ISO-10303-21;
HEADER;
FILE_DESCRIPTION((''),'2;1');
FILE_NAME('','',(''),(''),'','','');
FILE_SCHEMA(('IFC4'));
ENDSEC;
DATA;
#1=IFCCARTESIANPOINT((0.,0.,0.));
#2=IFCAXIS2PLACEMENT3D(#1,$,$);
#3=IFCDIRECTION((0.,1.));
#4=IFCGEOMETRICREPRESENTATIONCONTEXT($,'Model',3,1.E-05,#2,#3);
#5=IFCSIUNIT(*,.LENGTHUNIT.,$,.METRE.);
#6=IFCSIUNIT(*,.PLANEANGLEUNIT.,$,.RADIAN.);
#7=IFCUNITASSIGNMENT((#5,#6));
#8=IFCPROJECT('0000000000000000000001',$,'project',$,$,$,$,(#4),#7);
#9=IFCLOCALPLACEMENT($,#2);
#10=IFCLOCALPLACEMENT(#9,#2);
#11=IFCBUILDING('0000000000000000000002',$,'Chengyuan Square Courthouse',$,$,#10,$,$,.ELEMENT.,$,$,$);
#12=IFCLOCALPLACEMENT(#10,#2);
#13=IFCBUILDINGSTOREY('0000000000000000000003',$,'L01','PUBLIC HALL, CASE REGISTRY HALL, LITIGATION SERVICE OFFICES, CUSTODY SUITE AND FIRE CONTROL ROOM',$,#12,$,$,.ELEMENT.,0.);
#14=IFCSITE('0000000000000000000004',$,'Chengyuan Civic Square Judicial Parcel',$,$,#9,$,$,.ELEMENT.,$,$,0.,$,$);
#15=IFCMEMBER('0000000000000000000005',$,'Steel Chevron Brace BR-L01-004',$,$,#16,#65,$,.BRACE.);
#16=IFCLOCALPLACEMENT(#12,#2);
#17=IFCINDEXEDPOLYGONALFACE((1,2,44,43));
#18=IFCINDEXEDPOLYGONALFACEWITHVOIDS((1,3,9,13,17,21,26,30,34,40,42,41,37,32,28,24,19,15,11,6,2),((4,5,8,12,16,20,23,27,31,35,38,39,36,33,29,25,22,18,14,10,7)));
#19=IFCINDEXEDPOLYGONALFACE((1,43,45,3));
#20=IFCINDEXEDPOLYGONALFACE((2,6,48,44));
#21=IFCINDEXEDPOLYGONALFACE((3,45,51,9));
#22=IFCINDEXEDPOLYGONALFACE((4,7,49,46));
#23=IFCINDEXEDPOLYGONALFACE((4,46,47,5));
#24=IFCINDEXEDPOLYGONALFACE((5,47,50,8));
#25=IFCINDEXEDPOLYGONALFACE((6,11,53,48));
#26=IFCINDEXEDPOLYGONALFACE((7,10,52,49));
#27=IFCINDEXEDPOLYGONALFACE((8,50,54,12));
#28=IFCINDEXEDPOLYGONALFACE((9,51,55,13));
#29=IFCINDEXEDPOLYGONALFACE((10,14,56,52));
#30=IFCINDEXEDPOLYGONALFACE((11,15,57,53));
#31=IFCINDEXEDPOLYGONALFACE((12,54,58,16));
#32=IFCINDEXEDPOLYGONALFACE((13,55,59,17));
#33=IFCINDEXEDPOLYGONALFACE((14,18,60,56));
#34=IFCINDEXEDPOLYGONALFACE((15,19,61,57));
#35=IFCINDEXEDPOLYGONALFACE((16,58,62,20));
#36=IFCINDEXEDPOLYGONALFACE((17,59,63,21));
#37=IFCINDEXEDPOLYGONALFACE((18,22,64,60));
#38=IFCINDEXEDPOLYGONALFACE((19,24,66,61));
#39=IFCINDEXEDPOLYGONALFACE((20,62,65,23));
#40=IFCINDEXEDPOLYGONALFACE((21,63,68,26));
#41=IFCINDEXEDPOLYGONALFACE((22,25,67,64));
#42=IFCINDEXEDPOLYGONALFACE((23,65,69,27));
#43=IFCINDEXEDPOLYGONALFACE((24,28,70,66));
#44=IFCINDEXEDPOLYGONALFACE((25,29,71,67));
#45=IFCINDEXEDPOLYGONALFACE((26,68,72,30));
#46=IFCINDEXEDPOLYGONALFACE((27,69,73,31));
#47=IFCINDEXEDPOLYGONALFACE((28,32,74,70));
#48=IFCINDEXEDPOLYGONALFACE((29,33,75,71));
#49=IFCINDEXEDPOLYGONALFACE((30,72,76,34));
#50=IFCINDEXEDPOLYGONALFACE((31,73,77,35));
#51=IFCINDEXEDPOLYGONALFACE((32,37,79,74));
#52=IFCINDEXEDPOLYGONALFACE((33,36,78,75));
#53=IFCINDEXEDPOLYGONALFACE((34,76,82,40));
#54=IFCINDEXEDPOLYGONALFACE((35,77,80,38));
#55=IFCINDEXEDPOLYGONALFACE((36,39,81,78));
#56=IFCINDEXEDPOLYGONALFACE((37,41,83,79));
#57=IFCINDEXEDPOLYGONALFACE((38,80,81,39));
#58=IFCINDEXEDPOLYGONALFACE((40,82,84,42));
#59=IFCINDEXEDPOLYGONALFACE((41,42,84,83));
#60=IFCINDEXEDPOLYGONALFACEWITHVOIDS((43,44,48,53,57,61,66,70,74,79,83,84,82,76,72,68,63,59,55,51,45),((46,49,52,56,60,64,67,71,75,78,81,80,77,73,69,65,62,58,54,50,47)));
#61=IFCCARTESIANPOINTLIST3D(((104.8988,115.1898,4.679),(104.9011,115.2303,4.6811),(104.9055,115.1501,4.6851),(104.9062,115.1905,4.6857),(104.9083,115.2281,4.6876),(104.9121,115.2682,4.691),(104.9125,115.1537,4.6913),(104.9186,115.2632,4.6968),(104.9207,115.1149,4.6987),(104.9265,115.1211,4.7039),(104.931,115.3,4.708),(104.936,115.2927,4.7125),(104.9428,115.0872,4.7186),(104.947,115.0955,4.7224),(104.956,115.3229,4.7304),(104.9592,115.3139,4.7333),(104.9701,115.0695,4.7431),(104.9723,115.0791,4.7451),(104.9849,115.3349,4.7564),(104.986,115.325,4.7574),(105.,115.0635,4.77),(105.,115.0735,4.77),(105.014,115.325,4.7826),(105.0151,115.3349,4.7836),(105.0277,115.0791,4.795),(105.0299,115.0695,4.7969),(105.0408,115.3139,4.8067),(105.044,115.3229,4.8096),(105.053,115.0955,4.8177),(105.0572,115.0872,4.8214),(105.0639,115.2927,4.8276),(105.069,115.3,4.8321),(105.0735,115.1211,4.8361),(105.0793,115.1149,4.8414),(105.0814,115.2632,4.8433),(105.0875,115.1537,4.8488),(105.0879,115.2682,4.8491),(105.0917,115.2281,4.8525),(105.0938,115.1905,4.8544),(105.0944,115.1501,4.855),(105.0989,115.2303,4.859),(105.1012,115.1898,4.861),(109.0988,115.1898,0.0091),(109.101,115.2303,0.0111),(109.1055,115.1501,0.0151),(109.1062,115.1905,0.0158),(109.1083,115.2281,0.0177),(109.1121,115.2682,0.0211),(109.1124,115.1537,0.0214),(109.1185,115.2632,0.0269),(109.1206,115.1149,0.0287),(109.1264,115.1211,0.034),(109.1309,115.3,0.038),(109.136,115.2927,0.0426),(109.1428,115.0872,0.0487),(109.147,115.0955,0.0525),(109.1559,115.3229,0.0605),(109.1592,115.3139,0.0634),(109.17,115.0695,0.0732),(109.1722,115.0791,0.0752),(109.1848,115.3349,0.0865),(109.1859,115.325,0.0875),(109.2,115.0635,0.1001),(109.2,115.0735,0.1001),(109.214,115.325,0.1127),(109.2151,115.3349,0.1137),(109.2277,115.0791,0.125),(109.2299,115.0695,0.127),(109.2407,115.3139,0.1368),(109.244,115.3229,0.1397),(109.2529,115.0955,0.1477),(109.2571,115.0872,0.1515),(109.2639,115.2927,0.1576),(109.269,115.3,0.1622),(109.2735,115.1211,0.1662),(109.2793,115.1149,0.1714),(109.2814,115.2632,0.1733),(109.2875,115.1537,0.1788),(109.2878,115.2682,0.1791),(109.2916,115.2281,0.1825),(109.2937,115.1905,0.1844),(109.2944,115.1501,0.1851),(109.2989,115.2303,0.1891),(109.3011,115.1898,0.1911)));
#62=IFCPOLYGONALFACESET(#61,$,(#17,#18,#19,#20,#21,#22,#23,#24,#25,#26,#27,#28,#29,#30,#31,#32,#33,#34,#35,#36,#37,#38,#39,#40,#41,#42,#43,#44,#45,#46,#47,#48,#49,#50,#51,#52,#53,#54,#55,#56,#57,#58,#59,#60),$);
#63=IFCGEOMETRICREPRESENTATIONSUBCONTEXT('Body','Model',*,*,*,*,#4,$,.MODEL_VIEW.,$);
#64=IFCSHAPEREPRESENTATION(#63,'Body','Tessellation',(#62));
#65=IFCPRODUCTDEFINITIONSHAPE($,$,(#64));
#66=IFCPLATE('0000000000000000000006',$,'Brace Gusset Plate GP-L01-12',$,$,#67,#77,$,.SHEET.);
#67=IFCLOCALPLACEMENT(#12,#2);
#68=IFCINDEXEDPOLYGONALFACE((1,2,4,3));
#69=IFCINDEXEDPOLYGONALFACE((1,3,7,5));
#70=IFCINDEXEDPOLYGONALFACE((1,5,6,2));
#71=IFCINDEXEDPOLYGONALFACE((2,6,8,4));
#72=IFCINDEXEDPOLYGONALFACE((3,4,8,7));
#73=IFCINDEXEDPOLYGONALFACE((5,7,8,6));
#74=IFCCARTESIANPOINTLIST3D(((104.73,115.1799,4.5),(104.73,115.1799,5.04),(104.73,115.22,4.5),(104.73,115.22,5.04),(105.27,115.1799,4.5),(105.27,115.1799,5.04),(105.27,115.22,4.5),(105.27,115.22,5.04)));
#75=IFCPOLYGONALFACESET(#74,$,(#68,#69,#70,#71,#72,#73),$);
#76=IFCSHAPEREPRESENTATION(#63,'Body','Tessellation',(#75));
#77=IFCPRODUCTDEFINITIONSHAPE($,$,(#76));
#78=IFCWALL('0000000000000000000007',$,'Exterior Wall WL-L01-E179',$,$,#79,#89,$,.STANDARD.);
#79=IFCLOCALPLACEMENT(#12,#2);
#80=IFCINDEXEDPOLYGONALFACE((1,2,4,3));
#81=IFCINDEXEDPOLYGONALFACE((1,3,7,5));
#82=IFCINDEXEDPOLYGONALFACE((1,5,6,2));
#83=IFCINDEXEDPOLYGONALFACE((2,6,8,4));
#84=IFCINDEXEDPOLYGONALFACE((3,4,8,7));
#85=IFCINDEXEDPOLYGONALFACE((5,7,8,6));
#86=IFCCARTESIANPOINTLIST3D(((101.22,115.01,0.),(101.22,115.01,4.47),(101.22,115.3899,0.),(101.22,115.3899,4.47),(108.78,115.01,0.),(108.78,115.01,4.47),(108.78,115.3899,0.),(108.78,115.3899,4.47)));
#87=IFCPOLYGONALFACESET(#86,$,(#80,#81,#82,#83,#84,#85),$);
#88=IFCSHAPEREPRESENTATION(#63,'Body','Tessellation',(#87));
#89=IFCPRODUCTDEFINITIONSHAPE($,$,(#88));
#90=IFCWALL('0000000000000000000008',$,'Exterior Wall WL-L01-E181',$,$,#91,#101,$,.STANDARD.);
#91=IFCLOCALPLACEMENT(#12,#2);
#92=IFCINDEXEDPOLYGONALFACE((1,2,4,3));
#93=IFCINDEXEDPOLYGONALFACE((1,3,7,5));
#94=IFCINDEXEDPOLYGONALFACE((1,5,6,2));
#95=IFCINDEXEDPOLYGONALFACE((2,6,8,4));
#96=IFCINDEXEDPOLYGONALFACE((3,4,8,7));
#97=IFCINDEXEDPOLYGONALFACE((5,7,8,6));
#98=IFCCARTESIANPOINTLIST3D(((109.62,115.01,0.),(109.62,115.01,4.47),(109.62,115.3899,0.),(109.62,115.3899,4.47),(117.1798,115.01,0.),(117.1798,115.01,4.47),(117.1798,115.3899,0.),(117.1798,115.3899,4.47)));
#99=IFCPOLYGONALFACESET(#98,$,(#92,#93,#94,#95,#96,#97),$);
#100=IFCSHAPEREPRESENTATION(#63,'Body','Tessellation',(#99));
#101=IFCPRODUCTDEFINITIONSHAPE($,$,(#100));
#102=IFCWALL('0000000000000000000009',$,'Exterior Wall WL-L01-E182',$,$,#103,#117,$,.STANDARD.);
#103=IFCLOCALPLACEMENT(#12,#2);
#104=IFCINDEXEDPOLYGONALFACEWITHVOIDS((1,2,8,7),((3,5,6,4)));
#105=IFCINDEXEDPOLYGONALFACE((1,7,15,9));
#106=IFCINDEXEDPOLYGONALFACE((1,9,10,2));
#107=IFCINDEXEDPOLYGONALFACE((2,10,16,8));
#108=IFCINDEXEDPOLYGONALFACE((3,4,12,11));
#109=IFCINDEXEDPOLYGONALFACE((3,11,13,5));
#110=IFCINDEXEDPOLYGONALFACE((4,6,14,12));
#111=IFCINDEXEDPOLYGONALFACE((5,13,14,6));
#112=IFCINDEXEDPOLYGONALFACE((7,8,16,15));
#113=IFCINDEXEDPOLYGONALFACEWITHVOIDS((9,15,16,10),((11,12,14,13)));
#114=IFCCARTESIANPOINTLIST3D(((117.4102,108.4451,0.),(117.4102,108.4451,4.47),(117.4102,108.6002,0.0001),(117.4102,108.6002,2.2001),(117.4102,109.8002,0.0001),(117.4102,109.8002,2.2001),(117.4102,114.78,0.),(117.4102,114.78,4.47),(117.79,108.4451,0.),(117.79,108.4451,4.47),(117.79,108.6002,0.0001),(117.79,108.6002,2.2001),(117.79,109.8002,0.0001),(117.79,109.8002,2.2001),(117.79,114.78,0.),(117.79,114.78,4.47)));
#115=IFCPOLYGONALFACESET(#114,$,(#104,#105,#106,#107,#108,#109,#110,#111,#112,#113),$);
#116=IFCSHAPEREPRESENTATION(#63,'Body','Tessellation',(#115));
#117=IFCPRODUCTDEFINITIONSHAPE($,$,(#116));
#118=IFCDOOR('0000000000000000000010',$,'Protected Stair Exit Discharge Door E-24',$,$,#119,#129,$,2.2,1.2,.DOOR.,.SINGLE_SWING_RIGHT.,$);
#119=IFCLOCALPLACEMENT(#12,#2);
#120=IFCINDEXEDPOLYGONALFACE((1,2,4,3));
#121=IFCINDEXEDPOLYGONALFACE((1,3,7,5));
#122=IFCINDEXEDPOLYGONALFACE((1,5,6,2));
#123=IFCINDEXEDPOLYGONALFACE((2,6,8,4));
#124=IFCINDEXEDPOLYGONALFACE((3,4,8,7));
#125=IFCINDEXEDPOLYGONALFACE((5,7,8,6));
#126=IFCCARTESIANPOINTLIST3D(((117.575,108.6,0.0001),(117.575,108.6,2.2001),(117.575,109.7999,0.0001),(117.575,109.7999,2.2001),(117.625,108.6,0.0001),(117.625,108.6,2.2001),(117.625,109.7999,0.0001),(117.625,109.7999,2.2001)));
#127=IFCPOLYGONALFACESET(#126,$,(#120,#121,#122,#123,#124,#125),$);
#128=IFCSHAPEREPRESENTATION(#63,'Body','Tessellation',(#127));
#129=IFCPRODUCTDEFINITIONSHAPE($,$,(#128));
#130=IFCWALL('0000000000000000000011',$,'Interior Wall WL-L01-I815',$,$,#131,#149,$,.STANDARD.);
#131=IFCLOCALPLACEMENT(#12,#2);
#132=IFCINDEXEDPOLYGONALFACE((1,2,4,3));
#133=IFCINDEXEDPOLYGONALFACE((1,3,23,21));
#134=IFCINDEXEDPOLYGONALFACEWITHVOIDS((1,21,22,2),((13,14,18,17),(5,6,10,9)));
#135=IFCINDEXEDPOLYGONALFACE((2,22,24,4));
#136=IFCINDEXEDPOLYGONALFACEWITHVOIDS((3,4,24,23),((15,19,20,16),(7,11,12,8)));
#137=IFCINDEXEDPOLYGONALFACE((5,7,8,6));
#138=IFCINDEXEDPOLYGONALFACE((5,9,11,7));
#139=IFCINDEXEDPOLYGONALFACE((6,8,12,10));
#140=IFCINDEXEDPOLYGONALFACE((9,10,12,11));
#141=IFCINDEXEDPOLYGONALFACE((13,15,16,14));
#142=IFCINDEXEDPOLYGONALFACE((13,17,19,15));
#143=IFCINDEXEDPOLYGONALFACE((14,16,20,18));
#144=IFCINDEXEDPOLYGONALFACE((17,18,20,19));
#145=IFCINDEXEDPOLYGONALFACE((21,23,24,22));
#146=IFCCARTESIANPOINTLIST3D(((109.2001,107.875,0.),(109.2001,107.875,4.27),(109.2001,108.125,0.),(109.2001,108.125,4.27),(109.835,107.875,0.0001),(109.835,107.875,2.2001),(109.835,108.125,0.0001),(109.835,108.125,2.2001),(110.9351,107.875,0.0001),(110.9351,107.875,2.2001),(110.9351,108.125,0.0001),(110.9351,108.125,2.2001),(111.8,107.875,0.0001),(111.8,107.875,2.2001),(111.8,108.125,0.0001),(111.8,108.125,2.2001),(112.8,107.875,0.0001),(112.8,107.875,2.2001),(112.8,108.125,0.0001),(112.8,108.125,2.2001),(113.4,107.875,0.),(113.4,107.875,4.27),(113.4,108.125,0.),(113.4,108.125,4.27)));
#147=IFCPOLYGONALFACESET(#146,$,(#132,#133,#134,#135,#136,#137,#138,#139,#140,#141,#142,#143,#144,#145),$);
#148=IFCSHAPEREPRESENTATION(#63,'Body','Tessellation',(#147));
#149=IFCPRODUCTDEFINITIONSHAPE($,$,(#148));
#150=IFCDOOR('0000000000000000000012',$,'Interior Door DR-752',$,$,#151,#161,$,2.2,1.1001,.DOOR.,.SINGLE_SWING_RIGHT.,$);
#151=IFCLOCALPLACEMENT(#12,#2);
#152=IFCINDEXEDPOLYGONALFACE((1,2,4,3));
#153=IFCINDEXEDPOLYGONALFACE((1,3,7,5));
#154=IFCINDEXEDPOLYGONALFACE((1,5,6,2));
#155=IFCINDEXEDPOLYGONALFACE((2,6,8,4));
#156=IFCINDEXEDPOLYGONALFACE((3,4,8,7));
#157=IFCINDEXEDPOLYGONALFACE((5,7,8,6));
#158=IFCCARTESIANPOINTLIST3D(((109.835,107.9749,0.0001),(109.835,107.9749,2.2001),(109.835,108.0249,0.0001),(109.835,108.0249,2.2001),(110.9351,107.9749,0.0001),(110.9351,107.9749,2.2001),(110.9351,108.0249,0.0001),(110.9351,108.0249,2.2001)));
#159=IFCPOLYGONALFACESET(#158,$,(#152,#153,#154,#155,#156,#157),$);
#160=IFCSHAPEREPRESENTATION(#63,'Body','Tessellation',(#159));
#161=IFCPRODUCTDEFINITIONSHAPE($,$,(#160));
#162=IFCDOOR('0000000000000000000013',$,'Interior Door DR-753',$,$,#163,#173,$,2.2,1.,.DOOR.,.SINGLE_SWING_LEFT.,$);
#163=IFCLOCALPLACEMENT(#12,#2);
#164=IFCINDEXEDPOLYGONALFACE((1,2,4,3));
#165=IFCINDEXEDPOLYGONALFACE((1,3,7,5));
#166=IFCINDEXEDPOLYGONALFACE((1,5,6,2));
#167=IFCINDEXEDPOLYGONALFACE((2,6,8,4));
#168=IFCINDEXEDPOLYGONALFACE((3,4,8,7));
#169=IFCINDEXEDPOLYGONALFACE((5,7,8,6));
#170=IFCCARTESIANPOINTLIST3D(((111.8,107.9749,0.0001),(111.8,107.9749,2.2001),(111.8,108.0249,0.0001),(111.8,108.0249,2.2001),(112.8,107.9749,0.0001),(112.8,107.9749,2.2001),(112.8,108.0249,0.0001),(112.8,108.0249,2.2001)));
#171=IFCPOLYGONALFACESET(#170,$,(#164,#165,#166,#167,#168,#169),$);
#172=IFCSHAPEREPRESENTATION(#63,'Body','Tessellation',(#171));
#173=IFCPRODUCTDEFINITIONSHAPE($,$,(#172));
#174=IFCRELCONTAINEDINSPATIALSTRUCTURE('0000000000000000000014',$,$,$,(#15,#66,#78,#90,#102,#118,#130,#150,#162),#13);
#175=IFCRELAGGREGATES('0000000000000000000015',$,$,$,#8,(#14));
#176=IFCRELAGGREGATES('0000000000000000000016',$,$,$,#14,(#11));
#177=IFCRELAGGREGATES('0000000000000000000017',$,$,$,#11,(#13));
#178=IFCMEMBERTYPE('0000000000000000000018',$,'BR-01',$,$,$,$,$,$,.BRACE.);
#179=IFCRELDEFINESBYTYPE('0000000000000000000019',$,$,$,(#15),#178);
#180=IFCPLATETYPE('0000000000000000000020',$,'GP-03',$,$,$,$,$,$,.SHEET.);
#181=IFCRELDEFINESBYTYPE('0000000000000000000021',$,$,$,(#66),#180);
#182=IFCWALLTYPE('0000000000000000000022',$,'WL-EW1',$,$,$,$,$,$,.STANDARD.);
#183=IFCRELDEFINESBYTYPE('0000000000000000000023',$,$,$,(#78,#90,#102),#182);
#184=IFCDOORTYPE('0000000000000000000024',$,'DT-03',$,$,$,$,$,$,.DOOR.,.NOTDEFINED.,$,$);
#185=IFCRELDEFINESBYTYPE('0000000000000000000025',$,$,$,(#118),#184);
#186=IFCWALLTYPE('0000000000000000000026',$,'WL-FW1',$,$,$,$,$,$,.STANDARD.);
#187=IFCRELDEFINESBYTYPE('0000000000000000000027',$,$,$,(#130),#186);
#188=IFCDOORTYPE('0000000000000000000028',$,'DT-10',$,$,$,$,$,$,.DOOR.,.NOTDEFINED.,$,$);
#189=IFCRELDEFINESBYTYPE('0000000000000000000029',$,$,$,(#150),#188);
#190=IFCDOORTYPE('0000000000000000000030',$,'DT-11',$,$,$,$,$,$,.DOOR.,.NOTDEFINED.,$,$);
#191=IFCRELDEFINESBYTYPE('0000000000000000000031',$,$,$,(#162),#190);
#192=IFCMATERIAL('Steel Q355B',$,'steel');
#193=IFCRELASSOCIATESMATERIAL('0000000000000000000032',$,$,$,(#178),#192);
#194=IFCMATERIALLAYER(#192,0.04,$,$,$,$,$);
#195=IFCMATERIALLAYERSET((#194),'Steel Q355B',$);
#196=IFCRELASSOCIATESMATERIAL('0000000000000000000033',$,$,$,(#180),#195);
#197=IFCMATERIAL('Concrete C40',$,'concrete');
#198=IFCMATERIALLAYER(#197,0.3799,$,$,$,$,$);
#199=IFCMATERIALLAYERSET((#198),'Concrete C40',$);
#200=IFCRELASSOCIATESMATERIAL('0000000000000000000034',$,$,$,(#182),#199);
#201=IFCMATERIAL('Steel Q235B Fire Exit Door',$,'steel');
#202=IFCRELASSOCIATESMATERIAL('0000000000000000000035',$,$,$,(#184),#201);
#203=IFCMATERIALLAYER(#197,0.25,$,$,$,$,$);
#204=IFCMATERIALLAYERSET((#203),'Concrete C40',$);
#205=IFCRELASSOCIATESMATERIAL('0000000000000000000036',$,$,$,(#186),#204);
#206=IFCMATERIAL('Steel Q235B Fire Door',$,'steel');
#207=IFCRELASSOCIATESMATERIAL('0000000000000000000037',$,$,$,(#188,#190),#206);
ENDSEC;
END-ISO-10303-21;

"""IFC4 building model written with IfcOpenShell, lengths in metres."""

from ifc_helpers import new_model, si_unit, direction, frame, frame_2d, origin, origin_2d, place, context, subcontext, project, spatial, rectangle, hollow_circle, extrude, material, layer, layer_set, material_profile, profile_set, type_object, element, fill, save


model = new_model("IFC4")

# Units and contexts
model_context = context("Model", 3, precision=1e-05, world=origin(), true_north=direction((0.0, 1.0)))
body_context = subcontext(model_context, "Body", "Model", "MODEL_VIEW")
ifc_project = project(units=[si_unit("LENGTHUNIT", "METRE"), si_unit("PLANEANGLEUNIT", "RADIAN")], contexts=[model_context])

# Site, building, storey
site_placement = place(None, origin())
site = spatial("IfcSite", under=ifc_project, at=site_placement, Name="Chengyuan Civic Square Judicial Parcel", CompositionType="ELEMENT", RefElevation=0.0)
building_placement = place(site_placement, origin())
building = spatial("IfcBuilding", under=site, at=building_placement, Name="Chengyuan Square Courthouse", CompositionType="ELEMENT")
storey_placement = place(building_placement, origin())
storey = spatial("IfcBuildingStorey", under=building, at=storey_placement, Name="L01", Description="PUBLIC HALL, CASE REGISTRY HALL, LITIGATION SERVICE OFFICES, CUSTODY SUITE AND FIRE CONTROL ROOM", CompositionType="ELEMENT", Elevation=0.0)

# Shared definitions
ifc_material_1 = material(Name="Concrete C40", Category="concrete")

# Shared definitions
ifc_material_2 = material(Name="Steel Q355B", Category="steel")

# Member
ifc_material_profile_1 = material_profile(ifc_material_2, hollow_circle(Radius=0.1365, WallThickness=0.01, at=origin_2d()), Name="CHS 273x10")
ifc_profile_set_1 = profile_set([ifc_material_profile_1], Name="Steel Q355B")
member_type = type_object("IfcMemberType", Name="BR-01", PredefinedType="BRACE", material=ifc_profile_set_1)
member_placement = place(storey_placement, frame((109.2, 115.2, 0.1001), z_axis=(-0.668703, 0.0, 0.74353), x_axis=(0.0, -1.0, 0.0)))
element("IfcMember", 1, at=member_placement, inside=storey, type_object=member_type, Name="Steel Chevron Brace BR-L01-004", PredefinedType="BRACE", context=body_context, shape_type="SweptSolid", body=[
    extrude(hollow_circle(Radius=0.1365, WallThickness=0.01, at=origin_2d()), origin(), (0.0, 0.0, 1.0), 6.2808),
])

# Plate
ifc_layer_1 = layer(ifc_material_2, 0.04)
ifc_layer_set_1 = layer_set([ifc_layer_1], Name="Steel Q355B")
plate_type = type_object("IfcPlateType", Name="GP-03", PredefinedType="SHEET", material=ifc_layer_set_1)
plate_placement = place(storey_placement, frame((105.0, 115.2, 4.5), z_axis=(0.0, 0.0, 1.0), x_axis=(1.0, 0.0, 0.0)))
element("IfcPlate", 2, at=plate_placement, inside=storey, type_object=plate_type, Name="Brace Gusset Plate GP-L01-12", PredefinedType="SHEET", context=body_context, shape_type="SweptSolid", body=[
    extrude(rectangle(XDim=0.54, YDim=0.04, at=origin_2d()), origin(), (0.0, 0.0, 1.0), 0.54),
])

# Walls
ifc_layer_2 = layer(ifc_material_1, 0.3799)
ifc_layer_set_2 = layer_set([ifc_layer_2], Name="Concrete C40")
wall_type_1 = type_object("IfcWallType", Name="WL-EW1", PredefinedType="STANDARD", material=ifc_layer_set_2)
wall_1_placement = place(storey_placement, frame((101.22, 115.2, 0.0), z_axis=(0.0, 0.0, 1.0), x_axis=(1.0, 0.0, 0.0)))
element("IfcWall", 3, at=wall_1_placement, inside=storey, type_object=wall_type_1, Name="Exterior Wall WL-L01-E179", PredefinedType="STANDARD", context=body_context, shape_type="SweptSolid", body=[
    extrude(rectangle(XDim=7.5601, YDim=0.3799, at=frame_2d((3.78, 0.0))), origin(), (0.0, 0.0, 1.0), 4.47),
])
wall_2_placement = place(storey_placement, frame((109.6201, 115.2, 0.0), z_axis=(0.0, 0.0, 1.0), x_axis=(1.0, 0.0, 0.0)))
element("IfcWall", 4, at=wall_2_placement, inside=storey, type_object=wall_type_1, Name="Exterior Wall WL-L01-E181", PredefinedType="STANDARD", context=body_context, shape_type="SweptSolid", body=[
    extrude(rectangle(XDim=7.5598, YDim=0.3799, at=frame_2d((3.7798, 0.0))), origin(), (0.0, 0.0, 1.0), 4.47),
])

# Wall, opening, door
wall_3_placement = place(storey_placement, frame((117.6001, 108.4451, 0.0), z_axis=(0.0, 0.0, 1.0), x_axis=(0.0, 1.0, 0.0)))
wall_3 = element("IfcWall", 5, at=wall_3_placement, inside=storey, type_object=wall_type_1, Name="Exterior Wall WL-L01-E182", PredefinedType="STANDARD", context=body_context, shape_type="SweptSolid", body=[
    extrude(rectangle(XDim=6.335, YDim=0.3799, at=frame_2d((3.1675, 0.0))), origin(), (0.0, 0.0, 1.0), 4.47),
])
opening_1_placement = place(wall_3_placement, frame((0.155, 0.0, 0.0)))
opening_1 = element("IfcOpeningElement", 6, at=opening_1_placement, cuts=wall_3, PredefinedType="OPENING", context=body_context, shape_type="SweptSolid", body=[
    extrude(rectangle(XDim=1.2, YDim=2.2, at=frame_2d((0.6001, 1.1001))), frame((0.0, 0.2019, 0.0), z_axis=(0.0, -1.0, 0.0), x_axis=(1.0, 0.0, 0.0)), (0.0, 0.0, 1.0), 0.4038),
])
ifc_material_3 = material(Name="Steel Q235B Fire Exit Door", Category="steel")
door_type_1 = type_object("IfcDoorType", Name="DT-03", OperationType="NOTDEFINED", PredefinedType="DOOR", material=ifc_material_3)
door_1_placement = place(opening_1_placement, frame((1.2, 0.0, 0.0), z_axis=(0.0, 0.0, 1.0), x_axis=(-1.0, 0.0, 0.0)))
door_1 = element("IfcDoor", 7, at=door_1_placement, inside=storey, type_object=door_type_1, Name="Protected Stair Exit Discharge Door E-24", OperationType="SINGLE_SWING_RIGHT", OverallHeight=2.2, OverallWidth=1.2, PredefinedType="DOOR", context=body_context, shape_type="SweptSolid", body=[
    extrude(rectangle(XDim=1.2, YDim=2.2, at=frame_2d((0.6001, 1.1001))), frame((0.0, 0.0249, 0.0), z_axis=(0.0, -1.0, 0.0), x_axis=(1.0, 0.0, 0.0)), (0.0, 0.0, 1.0), 0.05),
])
fill(opening_1, door_1)

# Wall, openings, doors
ifc_layer_3 = layer(ifc_material_1, 0.25)
ifc_layer_set_3 = layer_set([ifc_layer_3], Name="Concrete C40")
wall_type_2 = type_object("IfcWallType", Name="WL-FW1", PredefinedType="STANDARD", material=ifc_layer_set_3)
wall_4_placement = place(storey_placement, frame((109.2, 108.0, 0.0), z_axis=(0.0, 0.0, 1.0), x_axis=(1.0, 0.0, 0.0)))
wall_4 = element("IfcWall", 8, at=wall_4_placement, inside=storey, type_object=wall_type_2, Name="Interior Wall WL-L01-I815", PredefinedType="STANDARD", context=body_context, shape_type="SweptSolid", body=[
    extrude(rectangle(XDim=4.2, YDim=0.25, at=frame_2d((2.1001, 0.0))), origin(), (0.0, 0.0, 1.0), 4.27),
])
opening_2_placement = place(wall_4_placement, frame((0.635, 0.0, 0.0)))
opening_2 = element("IfcOpeningElement", 9, at=opening_2_placement, cuts=wall_4, PredefinedType="OPENING", context=body_context, shape_type="SweptSolid", body=[
    extrude(rectangle(XDim=1.1001, YDim=2.2, at=frame_2d((0.55, 1.1001))), frame((0.0, 0.137, 0.0), z_axis=(0.0, -1.0, 0.0), x_axis=(1.0, 0.0, 0.0)), (0.0, 0.0, 1.0), 0.2739),
])
opening_3_placement = place(wall_4_placement, frame((2.6001, 0.0, 0.0)))
opening_3 = element("IfcOpeningElement", 10, at=opening_3_placement, cuts=wall_4, PredefinedType="OPENING", context=body_context, shape_type="SweptSolid", body=[
    extrude(rectangle(XDim=1.0, YDim=2.2, at=frame_2d((0.5, 1.1001))), frame((0.0, 0.137, 0.0), z_axis=(0.0, -1.0, 0.0), x_axis=(1.0, 0.0, 0.0)), (0.0, 0.0, 1.0), 0.2739),
])
ifc_material_4 = material(Name="Steel Q235B Fire Door", Category="steel")
door_type_2 = type_object("IfcDoorType", Name="DT-10", OperationType="NOTDEFINED", PredefinedType="DOOR", material=ifc_material_4)
door_2_placement = place(opening_2_placement, origin())
door_2 = element("IfcDoor", 11, at=door_2_placement, inside=storey, type_object=door_type_2, Name="Interior Door DR-752", OperationType="SINGLE_SWING_RIGHT", OverallHeight=2.2, OverallWidth=1.1001, PredefinedType="DOOR", context=body_context, shape_type="SweptSolid", body=[
    extrude(rectangle(XDim=1.1001, YDim=2.2, at=frame_2d((0.55, 1.1001))), frame((0.0, 0.0249, 0.0), z_axis=(0.0, -1.0, 0.0), x_axis=(1.0, 0.0, 0.0)), (0.0, 0.0, 1.0), 0.05),
])
fill(opening_2, door_2)
door_type_3 = type_object("IfcDoorType", Name="DT-11", OperationType="NOTDEFINED", PredefinedType="DOOR", material=ifc_material_4)
door_3_placement = place(opening_3_placement, origin())
door_3 = element("IfcDoor", 12, at=door_3_placement, inside=storey, type_object=door_type_3, Name="Interior Door DR-753", OperationType="SINGLE_SWING_LEFT", OverallHeight=2.2, OverallWidth=1.0, PredefinedType="DOOR", context=body_context, shape_type="SweptSolid", body=[
    extrude(rectangle(XDim=1.0, YDim=2.2, at=frame_2d((0.5, 1.1001))), frame((0.0, 0.0249, 0.0), z_axis=(0.0, -1.0, 0.0), x_axis=(1.0, 0.0, 0.0)), (0.0, 0.0, 1.0), 0.05),
])
fill(opening_3, door_3)

save(model, "model.ifc")
